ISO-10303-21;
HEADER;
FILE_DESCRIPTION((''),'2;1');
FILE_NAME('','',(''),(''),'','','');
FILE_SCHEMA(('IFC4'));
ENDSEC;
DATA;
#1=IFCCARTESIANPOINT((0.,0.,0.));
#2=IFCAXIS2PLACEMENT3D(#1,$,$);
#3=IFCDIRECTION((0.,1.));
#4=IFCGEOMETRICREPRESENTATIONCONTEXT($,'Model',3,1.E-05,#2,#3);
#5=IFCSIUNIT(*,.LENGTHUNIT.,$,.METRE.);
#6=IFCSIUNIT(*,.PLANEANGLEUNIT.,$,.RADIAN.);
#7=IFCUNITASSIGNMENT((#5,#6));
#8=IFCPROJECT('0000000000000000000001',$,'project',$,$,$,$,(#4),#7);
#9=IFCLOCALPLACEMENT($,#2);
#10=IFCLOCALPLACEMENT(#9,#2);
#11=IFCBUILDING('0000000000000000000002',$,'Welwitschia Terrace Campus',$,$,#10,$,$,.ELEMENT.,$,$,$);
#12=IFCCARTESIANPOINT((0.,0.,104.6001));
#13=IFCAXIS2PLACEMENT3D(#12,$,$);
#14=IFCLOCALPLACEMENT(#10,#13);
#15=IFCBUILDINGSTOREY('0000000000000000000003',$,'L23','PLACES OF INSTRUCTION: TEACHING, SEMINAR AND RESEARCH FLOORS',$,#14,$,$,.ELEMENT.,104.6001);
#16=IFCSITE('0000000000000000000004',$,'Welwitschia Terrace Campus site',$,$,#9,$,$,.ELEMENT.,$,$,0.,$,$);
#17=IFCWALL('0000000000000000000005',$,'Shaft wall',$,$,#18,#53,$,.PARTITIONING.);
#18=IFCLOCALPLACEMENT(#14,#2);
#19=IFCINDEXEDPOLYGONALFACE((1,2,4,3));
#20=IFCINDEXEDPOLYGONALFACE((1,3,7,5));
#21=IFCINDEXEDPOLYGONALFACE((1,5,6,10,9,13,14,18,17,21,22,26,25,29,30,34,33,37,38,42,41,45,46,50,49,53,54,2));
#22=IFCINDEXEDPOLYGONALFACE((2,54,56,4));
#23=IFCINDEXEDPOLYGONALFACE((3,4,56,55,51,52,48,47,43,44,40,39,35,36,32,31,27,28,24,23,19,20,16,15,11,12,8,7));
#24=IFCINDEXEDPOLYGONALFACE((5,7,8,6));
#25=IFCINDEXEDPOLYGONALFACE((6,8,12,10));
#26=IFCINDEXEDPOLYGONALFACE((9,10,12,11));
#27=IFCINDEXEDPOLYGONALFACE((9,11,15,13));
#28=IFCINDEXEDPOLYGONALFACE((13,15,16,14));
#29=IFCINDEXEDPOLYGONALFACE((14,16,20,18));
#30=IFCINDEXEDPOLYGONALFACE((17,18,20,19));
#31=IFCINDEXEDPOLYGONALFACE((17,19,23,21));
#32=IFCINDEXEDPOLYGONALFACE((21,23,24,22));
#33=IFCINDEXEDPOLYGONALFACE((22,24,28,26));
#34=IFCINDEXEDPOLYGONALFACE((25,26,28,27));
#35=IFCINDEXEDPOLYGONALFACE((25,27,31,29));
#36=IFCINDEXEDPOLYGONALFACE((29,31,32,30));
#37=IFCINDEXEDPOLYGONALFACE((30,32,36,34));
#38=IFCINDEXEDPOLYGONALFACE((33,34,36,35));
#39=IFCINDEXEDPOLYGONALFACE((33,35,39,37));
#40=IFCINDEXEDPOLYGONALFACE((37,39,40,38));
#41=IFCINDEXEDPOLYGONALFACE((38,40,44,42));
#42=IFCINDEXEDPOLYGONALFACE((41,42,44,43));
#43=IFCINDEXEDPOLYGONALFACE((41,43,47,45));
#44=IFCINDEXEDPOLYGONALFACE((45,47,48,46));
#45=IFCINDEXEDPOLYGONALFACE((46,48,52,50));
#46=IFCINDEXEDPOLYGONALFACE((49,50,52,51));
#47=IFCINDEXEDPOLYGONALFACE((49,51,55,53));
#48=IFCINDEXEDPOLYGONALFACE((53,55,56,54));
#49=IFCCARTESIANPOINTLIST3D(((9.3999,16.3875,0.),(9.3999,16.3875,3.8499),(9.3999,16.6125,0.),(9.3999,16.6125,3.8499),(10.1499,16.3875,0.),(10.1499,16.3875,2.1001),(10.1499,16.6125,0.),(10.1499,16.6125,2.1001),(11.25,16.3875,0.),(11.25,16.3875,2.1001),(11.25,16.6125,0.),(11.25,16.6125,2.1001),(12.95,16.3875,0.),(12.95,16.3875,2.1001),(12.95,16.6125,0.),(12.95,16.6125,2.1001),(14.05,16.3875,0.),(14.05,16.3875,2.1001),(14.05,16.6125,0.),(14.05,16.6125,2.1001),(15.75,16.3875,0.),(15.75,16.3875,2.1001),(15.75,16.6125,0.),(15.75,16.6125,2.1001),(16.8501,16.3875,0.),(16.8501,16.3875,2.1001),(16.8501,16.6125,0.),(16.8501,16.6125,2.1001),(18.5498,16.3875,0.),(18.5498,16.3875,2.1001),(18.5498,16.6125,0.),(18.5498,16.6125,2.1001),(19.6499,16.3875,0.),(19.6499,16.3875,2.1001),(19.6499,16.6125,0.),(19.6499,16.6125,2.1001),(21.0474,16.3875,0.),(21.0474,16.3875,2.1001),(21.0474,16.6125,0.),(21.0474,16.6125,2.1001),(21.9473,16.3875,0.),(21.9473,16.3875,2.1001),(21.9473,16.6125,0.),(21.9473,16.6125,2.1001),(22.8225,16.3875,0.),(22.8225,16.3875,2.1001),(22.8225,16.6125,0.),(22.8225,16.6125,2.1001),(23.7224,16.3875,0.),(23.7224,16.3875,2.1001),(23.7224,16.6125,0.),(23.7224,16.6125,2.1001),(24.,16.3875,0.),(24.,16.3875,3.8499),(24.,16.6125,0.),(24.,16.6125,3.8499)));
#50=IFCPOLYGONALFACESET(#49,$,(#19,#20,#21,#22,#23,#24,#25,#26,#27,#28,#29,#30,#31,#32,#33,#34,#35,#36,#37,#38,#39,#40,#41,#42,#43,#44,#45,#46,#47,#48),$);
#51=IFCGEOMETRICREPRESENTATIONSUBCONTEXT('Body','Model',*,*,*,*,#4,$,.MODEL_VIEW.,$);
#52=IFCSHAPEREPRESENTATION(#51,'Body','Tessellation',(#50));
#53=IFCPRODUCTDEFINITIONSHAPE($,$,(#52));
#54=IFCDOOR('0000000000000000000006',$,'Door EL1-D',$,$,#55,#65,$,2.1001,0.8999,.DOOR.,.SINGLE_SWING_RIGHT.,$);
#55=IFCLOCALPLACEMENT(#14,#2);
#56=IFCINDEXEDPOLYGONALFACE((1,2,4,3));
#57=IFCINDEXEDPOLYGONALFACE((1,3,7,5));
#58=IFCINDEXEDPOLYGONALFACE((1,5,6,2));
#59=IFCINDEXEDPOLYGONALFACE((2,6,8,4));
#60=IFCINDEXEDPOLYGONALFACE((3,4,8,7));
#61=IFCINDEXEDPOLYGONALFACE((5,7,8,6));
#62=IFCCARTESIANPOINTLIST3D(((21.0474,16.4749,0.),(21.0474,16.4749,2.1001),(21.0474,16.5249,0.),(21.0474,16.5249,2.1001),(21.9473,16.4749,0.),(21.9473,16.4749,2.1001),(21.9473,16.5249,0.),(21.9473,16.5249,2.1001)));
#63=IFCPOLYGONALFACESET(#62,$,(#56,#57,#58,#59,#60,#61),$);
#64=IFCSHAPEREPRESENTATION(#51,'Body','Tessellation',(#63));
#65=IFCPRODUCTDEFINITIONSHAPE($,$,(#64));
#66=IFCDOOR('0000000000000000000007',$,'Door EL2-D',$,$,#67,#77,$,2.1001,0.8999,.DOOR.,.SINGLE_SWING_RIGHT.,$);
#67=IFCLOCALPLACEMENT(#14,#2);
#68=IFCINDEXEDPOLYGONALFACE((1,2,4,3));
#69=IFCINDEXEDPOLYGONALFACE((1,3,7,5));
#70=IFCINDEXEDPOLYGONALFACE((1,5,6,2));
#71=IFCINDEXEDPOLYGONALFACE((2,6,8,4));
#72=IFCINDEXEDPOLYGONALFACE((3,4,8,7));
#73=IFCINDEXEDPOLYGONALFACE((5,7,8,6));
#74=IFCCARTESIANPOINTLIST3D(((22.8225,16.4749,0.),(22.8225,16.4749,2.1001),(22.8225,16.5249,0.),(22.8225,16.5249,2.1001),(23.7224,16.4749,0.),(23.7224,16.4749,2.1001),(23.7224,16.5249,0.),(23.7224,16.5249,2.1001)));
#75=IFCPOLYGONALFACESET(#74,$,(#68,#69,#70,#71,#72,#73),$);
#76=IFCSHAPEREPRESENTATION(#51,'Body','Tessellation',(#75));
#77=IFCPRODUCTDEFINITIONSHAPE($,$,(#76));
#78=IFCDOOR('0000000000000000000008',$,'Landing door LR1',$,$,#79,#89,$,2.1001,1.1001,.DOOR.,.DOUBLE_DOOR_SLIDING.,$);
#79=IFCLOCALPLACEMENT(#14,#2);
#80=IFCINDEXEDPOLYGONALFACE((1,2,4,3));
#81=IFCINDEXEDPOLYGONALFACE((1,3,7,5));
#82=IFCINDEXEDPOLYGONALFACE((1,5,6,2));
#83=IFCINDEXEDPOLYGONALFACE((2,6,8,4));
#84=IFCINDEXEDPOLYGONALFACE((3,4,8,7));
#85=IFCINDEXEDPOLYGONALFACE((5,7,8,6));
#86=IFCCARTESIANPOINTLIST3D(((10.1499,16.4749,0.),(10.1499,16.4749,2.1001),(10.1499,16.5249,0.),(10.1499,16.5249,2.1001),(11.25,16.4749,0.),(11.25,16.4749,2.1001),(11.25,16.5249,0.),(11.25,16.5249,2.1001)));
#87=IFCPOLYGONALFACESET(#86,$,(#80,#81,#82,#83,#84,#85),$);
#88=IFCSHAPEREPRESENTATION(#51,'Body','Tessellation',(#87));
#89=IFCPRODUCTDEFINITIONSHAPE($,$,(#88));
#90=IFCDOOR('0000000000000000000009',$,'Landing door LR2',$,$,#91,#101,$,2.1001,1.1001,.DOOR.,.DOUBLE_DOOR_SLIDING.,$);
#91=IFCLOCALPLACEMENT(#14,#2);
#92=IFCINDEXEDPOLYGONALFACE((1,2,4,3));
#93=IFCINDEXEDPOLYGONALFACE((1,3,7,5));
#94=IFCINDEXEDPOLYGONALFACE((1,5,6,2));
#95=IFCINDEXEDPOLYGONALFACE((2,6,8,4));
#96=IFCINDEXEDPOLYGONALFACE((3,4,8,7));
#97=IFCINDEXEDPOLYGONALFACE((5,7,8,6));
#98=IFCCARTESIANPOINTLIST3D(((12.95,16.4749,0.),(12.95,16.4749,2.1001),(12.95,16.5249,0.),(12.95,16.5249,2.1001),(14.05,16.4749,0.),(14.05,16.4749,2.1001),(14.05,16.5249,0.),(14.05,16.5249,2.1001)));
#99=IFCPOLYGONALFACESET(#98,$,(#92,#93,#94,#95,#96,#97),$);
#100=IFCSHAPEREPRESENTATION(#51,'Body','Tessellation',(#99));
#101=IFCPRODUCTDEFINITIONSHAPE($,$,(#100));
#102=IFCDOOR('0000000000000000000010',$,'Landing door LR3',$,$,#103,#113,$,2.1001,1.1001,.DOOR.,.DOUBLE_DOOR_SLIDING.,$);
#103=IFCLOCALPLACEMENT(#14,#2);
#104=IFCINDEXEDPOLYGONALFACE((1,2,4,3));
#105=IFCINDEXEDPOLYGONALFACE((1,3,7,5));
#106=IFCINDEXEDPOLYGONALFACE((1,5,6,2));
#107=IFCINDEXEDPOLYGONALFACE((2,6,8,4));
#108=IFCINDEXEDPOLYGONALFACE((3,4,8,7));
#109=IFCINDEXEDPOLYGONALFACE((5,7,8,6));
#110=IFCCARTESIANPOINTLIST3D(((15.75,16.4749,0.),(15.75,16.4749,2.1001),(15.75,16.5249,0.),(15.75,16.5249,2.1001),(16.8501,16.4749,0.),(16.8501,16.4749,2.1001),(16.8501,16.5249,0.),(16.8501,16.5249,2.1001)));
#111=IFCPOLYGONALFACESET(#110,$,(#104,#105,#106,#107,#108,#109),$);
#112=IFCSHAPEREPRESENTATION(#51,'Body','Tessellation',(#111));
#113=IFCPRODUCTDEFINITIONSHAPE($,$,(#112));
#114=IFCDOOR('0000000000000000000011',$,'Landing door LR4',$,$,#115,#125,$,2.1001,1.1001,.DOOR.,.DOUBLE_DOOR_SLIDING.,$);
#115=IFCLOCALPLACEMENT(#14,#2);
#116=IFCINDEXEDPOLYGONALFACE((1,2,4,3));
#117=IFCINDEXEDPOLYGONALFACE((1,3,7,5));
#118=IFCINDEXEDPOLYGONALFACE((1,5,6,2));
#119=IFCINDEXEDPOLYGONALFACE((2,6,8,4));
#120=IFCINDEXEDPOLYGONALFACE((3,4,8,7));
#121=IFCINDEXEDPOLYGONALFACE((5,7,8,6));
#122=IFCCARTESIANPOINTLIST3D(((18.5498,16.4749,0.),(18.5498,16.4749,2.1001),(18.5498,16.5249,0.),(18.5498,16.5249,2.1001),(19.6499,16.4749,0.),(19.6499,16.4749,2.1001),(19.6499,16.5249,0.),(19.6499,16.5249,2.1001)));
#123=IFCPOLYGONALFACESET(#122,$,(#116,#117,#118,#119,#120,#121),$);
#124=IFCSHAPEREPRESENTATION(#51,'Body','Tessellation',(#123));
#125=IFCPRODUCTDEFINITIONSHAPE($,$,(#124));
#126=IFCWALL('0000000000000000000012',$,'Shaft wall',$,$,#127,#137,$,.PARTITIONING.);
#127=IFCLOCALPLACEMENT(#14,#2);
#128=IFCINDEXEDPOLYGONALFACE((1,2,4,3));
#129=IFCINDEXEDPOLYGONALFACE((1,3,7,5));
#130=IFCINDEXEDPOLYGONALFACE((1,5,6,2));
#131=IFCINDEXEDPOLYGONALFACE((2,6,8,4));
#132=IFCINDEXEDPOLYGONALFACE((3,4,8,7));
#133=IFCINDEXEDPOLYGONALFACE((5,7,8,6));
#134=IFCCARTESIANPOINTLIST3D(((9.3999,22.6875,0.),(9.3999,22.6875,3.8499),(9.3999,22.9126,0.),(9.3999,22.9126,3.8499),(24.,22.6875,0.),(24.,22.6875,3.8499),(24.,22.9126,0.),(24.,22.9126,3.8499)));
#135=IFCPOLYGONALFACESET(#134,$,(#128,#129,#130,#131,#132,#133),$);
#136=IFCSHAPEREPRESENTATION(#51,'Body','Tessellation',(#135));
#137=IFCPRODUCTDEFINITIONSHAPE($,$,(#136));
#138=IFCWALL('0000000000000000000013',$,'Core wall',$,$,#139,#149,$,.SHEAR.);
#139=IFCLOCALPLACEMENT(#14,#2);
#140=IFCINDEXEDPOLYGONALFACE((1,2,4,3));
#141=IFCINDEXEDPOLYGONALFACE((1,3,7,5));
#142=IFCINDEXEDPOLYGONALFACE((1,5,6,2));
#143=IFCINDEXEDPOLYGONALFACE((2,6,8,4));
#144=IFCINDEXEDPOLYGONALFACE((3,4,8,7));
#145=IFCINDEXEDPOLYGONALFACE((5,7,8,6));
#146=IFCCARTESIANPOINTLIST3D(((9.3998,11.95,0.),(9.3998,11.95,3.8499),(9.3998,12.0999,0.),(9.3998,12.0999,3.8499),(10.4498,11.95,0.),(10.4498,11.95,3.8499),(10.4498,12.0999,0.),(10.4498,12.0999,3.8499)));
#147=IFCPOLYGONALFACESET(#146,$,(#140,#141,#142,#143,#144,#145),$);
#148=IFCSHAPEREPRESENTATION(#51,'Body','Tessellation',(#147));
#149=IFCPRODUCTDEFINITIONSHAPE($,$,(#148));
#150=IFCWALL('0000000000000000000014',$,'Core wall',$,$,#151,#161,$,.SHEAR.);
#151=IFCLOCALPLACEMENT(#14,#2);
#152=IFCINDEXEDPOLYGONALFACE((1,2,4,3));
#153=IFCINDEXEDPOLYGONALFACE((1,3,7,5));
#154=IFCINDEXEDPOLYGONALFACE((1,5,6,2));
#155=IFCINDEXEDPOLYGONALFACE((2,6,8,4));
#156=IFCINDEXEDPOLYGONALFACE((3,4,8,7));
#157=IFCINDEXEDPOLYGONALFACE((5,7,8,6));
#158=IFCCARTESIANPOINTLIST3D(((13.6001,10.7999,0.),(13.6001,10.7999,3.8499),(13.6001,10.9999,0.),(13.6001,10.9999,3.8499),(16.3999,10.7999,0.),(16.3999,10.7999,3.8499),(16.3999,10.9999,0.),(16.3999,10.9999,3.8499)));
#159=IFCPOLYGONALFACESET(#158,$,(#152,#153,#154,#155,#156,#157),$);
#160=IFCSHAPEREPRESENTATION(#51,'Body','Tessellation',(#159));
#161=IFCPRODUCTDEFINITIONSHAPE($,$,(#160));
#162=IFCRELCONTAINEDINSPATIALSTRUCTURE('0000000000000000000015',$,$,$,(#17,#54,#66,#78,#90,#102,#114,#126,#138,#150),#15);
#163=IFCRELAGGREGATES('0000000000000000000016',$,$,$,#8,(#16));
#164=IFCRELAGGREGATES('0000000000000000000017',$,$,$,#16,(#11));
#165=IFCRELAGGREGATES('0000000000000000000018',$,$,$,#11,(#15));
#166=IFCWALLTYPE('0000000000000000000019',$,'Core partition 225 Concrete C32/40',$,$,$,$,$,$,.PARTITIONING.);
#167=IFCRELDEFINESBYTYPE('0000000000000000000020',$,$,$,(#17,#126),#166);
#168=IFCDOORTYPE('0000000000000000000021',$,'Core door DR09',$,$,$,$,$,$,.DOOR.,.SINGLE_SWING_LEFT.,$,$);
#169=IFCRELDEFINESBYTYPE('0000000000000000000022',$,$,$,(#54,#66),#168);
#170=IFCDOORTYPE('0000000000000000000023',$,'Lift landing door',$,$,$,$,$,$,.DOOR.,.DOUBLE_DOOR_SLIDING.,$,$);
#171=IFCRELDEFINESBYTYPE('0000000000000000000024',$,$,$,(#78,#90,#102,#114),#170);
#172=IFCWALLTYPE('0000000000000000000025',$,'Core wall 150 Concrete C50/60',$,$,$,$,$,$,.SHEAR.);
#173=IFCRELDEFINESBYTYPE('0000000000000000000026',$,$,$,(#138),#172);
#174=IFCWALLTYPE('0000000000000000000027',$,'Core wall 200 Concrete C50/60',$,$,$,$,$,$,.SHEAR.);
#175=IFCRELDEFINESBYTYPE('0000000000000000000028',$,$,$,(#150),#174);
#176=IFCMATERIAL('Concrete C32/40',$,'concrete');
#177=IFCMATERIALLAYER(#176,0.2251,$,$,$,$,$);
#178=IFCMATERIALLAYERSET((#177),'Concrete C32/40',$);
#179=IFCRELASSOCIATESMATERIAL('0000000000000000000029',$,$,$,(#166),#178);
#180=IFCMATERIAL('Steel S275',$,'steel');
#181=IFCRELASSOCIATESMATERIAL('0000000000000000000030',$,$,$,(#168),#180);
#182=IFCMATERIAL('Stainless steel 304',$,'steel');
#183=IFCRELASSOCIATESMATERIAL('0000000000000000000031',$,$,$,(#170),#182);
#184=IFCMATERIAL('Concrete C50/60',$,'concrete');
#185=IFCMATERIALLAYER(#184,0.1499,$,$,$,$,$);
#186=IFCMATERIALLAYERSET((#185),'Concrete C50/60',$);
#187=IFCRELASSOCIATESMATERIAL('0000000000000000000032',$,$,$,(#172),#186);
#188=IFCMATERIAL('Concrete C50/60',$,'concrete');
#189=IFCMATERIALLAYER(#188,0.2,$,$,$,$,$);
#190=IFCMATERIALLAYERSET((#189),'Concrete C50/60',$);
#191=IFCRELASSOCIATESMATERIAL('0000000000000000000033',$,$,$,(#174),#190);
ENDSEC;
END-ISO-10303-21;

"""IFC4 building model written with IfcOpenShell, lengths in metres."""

from ifc_helpers import new_model, si_unit, direction, frame, frame_2d, origin, place, context, subcontext, project, spatial, rectangle, extrude, material, layer, layer_set, type_object, element, fill, save


model = new_model("IFC4")

# Units and contexts
model_context = context("Model", 3, precision=1e-05, world=origin(), true_north=direction((0.0, 1.0)))
body_context = subcontext(model_context, "Body", "Model", "MODEL_VIEW")
ifc_project = project(units=[si_unit("LENGTHUNIT", "METRE"), si_unit("PLANEANGLEUNIT", "RADIAN")], contexts=[model_context])

# Site, building, storey
site_placement = place(None, origin())
site = spatial("IfcSite", under=ifc_project, at=site_placement, Name="Welwitschia Terrace Campus site", CompositionType="ELEMENT", RefElevation=0.0)
building_placement = place(site_placement, origin())
building = spatial("IfcBuilding", under=site, at=building_placement, Name="Welwitschia Terrace Campus", CompositionType="ELEMENT")
storey_placement = place(building_placement, frame((0.0, 0.0, 104.6001)))
storey = spatial("IfcBuildingStorey", under=building, at=storey_placement, Name="L23", Description="PLACES OF INSTRUCTION: TEACHING, SEMINAR AND RESEARCH FLOORS", CompositionType="ELEMENT", Elevation=104.6001)

# Shared definitions
ifc_material_1 = material(Name="Concrete C32/40", Category="concrete")
ifc_layer_1 = layer(ifc_material_1, 0.2251)
ifc_layer_set_1 = layer_set([ifc_layer_1], Name="Concrete C32/40")
wall_type_1 = type_object("IfcWallType", Name="Core partition 225 Concrete C32/40", PredefinedType="PARTITIONING", material=ifc_layer_set_1)

# Wall, openings, doors
wall_1_placement = place(storey_placement, frame((9.3999, 16.5, 0.0), z_axis=(0.0, 0.0, 1.0), x_axis=(1.0, 0.0, 0.0)))
wall_1 = element("IfcWall", 1, at=wall_1_placement, inside=storey, type_object=wall_type_1, Name="Shaft wall", PredefinedType="PARTITIONING", context=body_context, shape_type="SweptSolid", body=[
    extrude(rectangle(XDim=14.6001, YDim=0.2251, at=frame_2d((7.3, 0.0))), origin(), (0.0, 0.0, 1.0), 3.8499),
])
opening_1_placement = place(wall_1_placement, frame((0.75, 0.0, 0.0)))
opening_1 = element("IfcOpeningElement", 2, at=opening_1_placement, cuts=wall_1, PredefinedType="OPENING", context=body_context, shape_type="SweptSolid", body=[
    extrude(rectangle(XDim=1.1001, YDim=2.1001, at=frame_2d((0.55, 1.05))), frame((0.0, 0.1226, 0.0), z_axis=(0.0, -1.0, 0.0), x_axis=(1.0, 0.0, 0.0)), (0.0, 0.0, 1.0), 0.2451),
])
opening_2_placement = place(wall_1_placement, frame((3.55, 0.0, 0.0)))
opening_2 = element("IfcOpeningElement", 3, at=opening_2_placement, cuts=wall_1, PredefinedType="OPENING", context=body_context, shape_type="SweptSolid", body=[
    extrude(rectangle(XDim=1.1001, YDim=2.1001, at=frame_2d((0.55, 1.05))), frame((0.0, 0.1226, 0.0), z_axis=(0.0, -1.0, 0.0), x_axis=(1.0, 0.0, 0.0)), (0.0, 0.0, 1.0), 0.2451),
])
opening_3_placement = place(wall_1_placement, frame((6.3501, 0.0, 0.0)))
opening_3 = element("IfcOpeningElement", 4, at=opening_3_placement, cuts=wall_1, PredefinedType="OPENING", context=body_context, shape_type="SweptSolid", body=[
    extrude(rectangle(XDim=1.1001, YDim=2.1001, at=frame_2d((0.55, 1.05))), frame((0.0, 0.1226, 0.0), z_axis=(0.0, -1.0, 0.0), x_axis=(1.0, 0.0, 0.0)), (0.0, 0.0, 1.0), 0.2451),
])
opening_4_placement = place(wall_1_placement, frame((9.1499, 0.0, 0.0)))
opening_4 = element("IfcOpeningElement", 5, at=opening_4_placement, cuts=wall_1, PredefinedType="OPENING", context=body_context, shape_type="SweptSolid", body=[
    extrude(rectangle(XDim=1.1001, YDim=2.1001, at=frame_2d((0.55, 1.05))), frame((0.0, 0.1226, 0.0), z_axis=(0.0, -1.0, 0.0), x_axis=(1.0, 0.0, 0.0)), (0.0, 0.0, 1.0), 0.2451),
])
opening_5_placement = place(wall_1_placement, frame((11.6475, 0.0, 0.0)))
opening_5 = element("IfcOpeningElement", 6, at=opening_5_placement, cuts=wall_1, PredefinedType="OPENING", context=body_context, shape_type="SweptSolid", body=[
    extrude(rectangle(XDim=0.8999, YDim=2.1001, at=frame_2d((0.45, 1.05))), frame((0.0, 0.1226, 0.0), z_axis=(0.0, -1.0, 0.0), x_axis=(1.0, 0.0, 0.0)), (0.0, 0.0, 1.0), 0.2451),
])
opening_6_placement = place(wall_1_placement, frame((13.4226, 0.0, 0.0)))
opening_6 = element("IfcOpeningElement", 7, at=opening_6_placement, cuts=wall_1, PredefinedType="OPENING", context=body_context, shape_type="SweptSolid", body=[
    extrude(rectangle(XDim=0.8999, YDim=2.1001, at=frame_2d((0.45, 1.05))), frame((0.0, 0.1226, 0.0), z_axis=(0.0, -1.0, 0.0), x_axis=(1.0, 0.0, 0.0)), (0.0, 0.0, 1.0), 0.2451),
])
ifc_material_2 = material(Name="Steel S275", Category="steel")
door_type_1 = type_object("IfcDoorType", Name="Core door DR09", OperationType="SINGLE_SWING_LEFT", PredefinedType="DOOR", material=ifc_material_2)
door_1_placement = place(opening_5_placement, origin())
door_1 = element("IfcDoor", 8, at=door_1_placement, inside=storey, type_object=door_type_1, Name="Door EL1-D", OperationType="SINGLE_SWING_RIGHT", OverallHeight=2.1001, OverallWidth=0.8999, PredefinedType="DOOR", context=body_context, shape_type="SweptSolid", body=[
    extrude(rectangle(XDim=0.8999, YDim=2.1001, at=frame_2d((0.45, 1.05))), frame((0.0, 0.0249, 0.0), z_axis=(0.0, -1.0, 0.0), x_axis=(1.0, 0.0, 0.0)), (0.0, 0.0, 1.0), 0.05),
])
fill(opening_5, door_1)
door_2_placement = place(opening_6_placement, origin())
door_2 = element("IfcDoor", 9, at=door_2_placement, inside=storey, type_object=door_type_1, Name="Door EL2-D", OperationType="SINGLE_SWING_RIGHT", OverallHeight=2.1001, OverallWidth=0.8999, PredefinedType="DOOR", context=body_context, shape_type="SweptSolid", body=[
    extrude(rectangle(XDim=0.8999, YDim=2.1001, at=frame_2d((0.45, 1.05))), frame((0.0, 0.0249, 0.0), z_axis=(0.0, -1.0, 0.0), x_axis=(1.0, 0.0, 0.0)), (0.0, 0.0, 1.0), 0.05),
])
fill(opening_6, door_2)
ifc_material_3 = material(Name="Stainless steel 304", Category="steel")
door_type_2 = type_object("IfcDoorType", Name="Lift landing door", OperationType="DOUBLE_DOOR_SLIDING", PredefinedType="DOOR", material=ifc_material_3)
door_3_placement = place(opening_1_placement, origin())
door_3 = element("IfcDoor", 10, at=door_3_placement, inside=storey, type_object=door_type_2, Name="Landing door LR1", OperationType="DOUBLE_DOOR_SLIDING", OverallHeight=2.1001, OverallWidth=1.1001, PredefinedType="DOOR", context=body_context, shape_type="SweptSolid", body=[
    extrude(rectangle(XDim=1.1001, YDim=2.1001, at=frame_2d((0.55, 1.05))), frame((0.0, 0.0249, 0.0), z_axis=(0.0, -1.0, 0.0), x_axis=(1.0, 0.0, 0.0)), (0.0, 0.0, 1.0), 0.05),
])
fill(opening_1, door_3)
door_4_placement = place(opening_2_placement, origin())
door_4 = element("IfcDoor", 11, at=door_4_placement, inside=storey, type_object=door_type_2, Name="Landing door LR2", OperationType="DOUBLE_DOOR_SLIDING", OverallHeight=2.1001, OverallWidth=1.1001, PredefinedType="DOOR", context=body_context, shape_type="SweptSolid", body=[
    extrude(rectangle(XDim=1.1001, YDim=2.1001, at=frame_2d((0.55, 1.05))), frame((0.0, 0.0249, 0.0), z_axis=(0.0, -1.0, 0.0), x_axis=(1.0, 0.0, 0.0)), (0.0, 0.0, 1.0), 0.05),
])
fill(opening_2, door_4)
door_5_placement = place(opening_3_placement, origin())
door_5 = element("IfcDoor", 12, at=door_5_placement, inside=storey, type_object=door_type_2, Name="Landing door LR3", OperationType="DOUBLE_DOOR_SLIDING", OverallHeight=2.1001, OverallWidth=1.1001, PredefinedType="DOOR", context=body_context, shape_type="SweptSolid", body=[
    extrude(rectangle(XDim=1.1001, YDim=2.1001, at=frame_2d((0.55, 1.05))), frame((0.0, 0.0249, 0.0), z_axis=(0.0, -1.0, 0.0), x_axis=(1.0, 0.0, 0.0)), (0.0, 0.0, 1.0), 0.05),
])
fill(opening_3, door_5)
door_6_placement = place(opening_4_placement, origin())
door_6 = element("IfcDoor", 13, at=door_6_placement, inside=storey, type_object=door_type_2, Name="Landing door LR4", OperationType="DOUBLE_DOOR_SLIDING", OverallHeight=2.1001, OverallWidth=1.1001, PredefinedType="DOOR", context=body_context, shape_type="SweptSolid", body=[
    extrude(rectangle(XDim=1.1001, YDim=2.1001, at=frame_2d((0.55, 1.05))), frame((0.0, 0.0249, 0.0), z_axis=(0.0, -1.0, 0.0), x_axis=(1.0, 0.0, 0.0)), (0.0, 0.0, 1.0), 0.05),
])
fill(opening_4, door_6)

# Walls
wall_2_placement = place(storey_placement, frame((9.3999, 22.8, 0.0), z_axis=(0.0, 0.0, 1.0), x_axis=(1.0, 0.0, 0.0)))
element("IfcWall", 14, at=wall_2_placement, inside=storey, type_object=wall_type_1, Name="Shaft wall", PredefinedType="PARTITIONING", context=body_context, shape_type="SweptSolid", body=[
    extrude(rectangle(XDim=14.6001, YDim=0.2251, at=frame_2d((7.3, 0.0))), origin(), (0.0, 0.0, 1.0), 3.8499),
])
ifc_material_4 = material(Name="Concrete C50/60", Category="concrete")
ifc_layer_2 = layer(ifc_material_4, 0.1499)
ifc_layer_set_2 = layer_set([ifc_layer_2], Name="Concrete C50/60")
wall_type_2 = type_object("IfcWallType", Name="Core wall 150 Concrete C50/60", PredefinedType="SHEAR", material=ifc_layer_set_2)
wall_3_placement = place(storey_placement, frame((9.3999, 12.0249, 0.0), z_axis=(0.0, 0.0, 1.0), x_axis=(1.0, 0.0, 0.0)))
element("IfcWall", 15, at=wall_3_placement, inside=storey, type_object=wall_type_2, Name="Core wall", PredefinedType="SHEAR", context=body_context, shape_type="SweptSolid", body=[
    extrude(rectangle(XDim=1.05, YDim=0.1499, at=frame_2d((0.5249, 0.0))), origin(), (0.0, 0.0, 1.0), 3.8499),
])
ifc_material_5 = material(Name="Concrete C50/60", Category="concrete")
ifc_layer_3 = layer(ifc_material_5, 0.2)
ifc_layer_set_3 = layer_set([ifc_layer_3], Name="Concrete C50/60")
wall_type_3 = type_object("IfcWallType", Name="Core wall 200 Concrete C50/60", PredefinedType="SHEAR", material=ifc_layer_set_3)
for number, where, z_axis, x_axis, name in (
    (16, (13.6001, 10.8999, 0.0), (0.0, 0.0, 1.0), (1.0, 0.0, 0.0), "Core wall"),
):
    element("IfcWall", number, at=place(storey_placement, frame(where, z_axis=z_axis, x_axis=x_axis)), inside=storey, type_object=wall_type_3, Name=name, PredefinedType="SHEAR", context=body_context, shape_type="SweptSolid", body=[
        extrude(rectangle(XDim=2.7998, YDim=0.2, at=frame_2d((1.3999, 0.0))), origin(), (0.0, 0.0, 1.0), 3.8499),
    ])

save(model, "model.ifc")
